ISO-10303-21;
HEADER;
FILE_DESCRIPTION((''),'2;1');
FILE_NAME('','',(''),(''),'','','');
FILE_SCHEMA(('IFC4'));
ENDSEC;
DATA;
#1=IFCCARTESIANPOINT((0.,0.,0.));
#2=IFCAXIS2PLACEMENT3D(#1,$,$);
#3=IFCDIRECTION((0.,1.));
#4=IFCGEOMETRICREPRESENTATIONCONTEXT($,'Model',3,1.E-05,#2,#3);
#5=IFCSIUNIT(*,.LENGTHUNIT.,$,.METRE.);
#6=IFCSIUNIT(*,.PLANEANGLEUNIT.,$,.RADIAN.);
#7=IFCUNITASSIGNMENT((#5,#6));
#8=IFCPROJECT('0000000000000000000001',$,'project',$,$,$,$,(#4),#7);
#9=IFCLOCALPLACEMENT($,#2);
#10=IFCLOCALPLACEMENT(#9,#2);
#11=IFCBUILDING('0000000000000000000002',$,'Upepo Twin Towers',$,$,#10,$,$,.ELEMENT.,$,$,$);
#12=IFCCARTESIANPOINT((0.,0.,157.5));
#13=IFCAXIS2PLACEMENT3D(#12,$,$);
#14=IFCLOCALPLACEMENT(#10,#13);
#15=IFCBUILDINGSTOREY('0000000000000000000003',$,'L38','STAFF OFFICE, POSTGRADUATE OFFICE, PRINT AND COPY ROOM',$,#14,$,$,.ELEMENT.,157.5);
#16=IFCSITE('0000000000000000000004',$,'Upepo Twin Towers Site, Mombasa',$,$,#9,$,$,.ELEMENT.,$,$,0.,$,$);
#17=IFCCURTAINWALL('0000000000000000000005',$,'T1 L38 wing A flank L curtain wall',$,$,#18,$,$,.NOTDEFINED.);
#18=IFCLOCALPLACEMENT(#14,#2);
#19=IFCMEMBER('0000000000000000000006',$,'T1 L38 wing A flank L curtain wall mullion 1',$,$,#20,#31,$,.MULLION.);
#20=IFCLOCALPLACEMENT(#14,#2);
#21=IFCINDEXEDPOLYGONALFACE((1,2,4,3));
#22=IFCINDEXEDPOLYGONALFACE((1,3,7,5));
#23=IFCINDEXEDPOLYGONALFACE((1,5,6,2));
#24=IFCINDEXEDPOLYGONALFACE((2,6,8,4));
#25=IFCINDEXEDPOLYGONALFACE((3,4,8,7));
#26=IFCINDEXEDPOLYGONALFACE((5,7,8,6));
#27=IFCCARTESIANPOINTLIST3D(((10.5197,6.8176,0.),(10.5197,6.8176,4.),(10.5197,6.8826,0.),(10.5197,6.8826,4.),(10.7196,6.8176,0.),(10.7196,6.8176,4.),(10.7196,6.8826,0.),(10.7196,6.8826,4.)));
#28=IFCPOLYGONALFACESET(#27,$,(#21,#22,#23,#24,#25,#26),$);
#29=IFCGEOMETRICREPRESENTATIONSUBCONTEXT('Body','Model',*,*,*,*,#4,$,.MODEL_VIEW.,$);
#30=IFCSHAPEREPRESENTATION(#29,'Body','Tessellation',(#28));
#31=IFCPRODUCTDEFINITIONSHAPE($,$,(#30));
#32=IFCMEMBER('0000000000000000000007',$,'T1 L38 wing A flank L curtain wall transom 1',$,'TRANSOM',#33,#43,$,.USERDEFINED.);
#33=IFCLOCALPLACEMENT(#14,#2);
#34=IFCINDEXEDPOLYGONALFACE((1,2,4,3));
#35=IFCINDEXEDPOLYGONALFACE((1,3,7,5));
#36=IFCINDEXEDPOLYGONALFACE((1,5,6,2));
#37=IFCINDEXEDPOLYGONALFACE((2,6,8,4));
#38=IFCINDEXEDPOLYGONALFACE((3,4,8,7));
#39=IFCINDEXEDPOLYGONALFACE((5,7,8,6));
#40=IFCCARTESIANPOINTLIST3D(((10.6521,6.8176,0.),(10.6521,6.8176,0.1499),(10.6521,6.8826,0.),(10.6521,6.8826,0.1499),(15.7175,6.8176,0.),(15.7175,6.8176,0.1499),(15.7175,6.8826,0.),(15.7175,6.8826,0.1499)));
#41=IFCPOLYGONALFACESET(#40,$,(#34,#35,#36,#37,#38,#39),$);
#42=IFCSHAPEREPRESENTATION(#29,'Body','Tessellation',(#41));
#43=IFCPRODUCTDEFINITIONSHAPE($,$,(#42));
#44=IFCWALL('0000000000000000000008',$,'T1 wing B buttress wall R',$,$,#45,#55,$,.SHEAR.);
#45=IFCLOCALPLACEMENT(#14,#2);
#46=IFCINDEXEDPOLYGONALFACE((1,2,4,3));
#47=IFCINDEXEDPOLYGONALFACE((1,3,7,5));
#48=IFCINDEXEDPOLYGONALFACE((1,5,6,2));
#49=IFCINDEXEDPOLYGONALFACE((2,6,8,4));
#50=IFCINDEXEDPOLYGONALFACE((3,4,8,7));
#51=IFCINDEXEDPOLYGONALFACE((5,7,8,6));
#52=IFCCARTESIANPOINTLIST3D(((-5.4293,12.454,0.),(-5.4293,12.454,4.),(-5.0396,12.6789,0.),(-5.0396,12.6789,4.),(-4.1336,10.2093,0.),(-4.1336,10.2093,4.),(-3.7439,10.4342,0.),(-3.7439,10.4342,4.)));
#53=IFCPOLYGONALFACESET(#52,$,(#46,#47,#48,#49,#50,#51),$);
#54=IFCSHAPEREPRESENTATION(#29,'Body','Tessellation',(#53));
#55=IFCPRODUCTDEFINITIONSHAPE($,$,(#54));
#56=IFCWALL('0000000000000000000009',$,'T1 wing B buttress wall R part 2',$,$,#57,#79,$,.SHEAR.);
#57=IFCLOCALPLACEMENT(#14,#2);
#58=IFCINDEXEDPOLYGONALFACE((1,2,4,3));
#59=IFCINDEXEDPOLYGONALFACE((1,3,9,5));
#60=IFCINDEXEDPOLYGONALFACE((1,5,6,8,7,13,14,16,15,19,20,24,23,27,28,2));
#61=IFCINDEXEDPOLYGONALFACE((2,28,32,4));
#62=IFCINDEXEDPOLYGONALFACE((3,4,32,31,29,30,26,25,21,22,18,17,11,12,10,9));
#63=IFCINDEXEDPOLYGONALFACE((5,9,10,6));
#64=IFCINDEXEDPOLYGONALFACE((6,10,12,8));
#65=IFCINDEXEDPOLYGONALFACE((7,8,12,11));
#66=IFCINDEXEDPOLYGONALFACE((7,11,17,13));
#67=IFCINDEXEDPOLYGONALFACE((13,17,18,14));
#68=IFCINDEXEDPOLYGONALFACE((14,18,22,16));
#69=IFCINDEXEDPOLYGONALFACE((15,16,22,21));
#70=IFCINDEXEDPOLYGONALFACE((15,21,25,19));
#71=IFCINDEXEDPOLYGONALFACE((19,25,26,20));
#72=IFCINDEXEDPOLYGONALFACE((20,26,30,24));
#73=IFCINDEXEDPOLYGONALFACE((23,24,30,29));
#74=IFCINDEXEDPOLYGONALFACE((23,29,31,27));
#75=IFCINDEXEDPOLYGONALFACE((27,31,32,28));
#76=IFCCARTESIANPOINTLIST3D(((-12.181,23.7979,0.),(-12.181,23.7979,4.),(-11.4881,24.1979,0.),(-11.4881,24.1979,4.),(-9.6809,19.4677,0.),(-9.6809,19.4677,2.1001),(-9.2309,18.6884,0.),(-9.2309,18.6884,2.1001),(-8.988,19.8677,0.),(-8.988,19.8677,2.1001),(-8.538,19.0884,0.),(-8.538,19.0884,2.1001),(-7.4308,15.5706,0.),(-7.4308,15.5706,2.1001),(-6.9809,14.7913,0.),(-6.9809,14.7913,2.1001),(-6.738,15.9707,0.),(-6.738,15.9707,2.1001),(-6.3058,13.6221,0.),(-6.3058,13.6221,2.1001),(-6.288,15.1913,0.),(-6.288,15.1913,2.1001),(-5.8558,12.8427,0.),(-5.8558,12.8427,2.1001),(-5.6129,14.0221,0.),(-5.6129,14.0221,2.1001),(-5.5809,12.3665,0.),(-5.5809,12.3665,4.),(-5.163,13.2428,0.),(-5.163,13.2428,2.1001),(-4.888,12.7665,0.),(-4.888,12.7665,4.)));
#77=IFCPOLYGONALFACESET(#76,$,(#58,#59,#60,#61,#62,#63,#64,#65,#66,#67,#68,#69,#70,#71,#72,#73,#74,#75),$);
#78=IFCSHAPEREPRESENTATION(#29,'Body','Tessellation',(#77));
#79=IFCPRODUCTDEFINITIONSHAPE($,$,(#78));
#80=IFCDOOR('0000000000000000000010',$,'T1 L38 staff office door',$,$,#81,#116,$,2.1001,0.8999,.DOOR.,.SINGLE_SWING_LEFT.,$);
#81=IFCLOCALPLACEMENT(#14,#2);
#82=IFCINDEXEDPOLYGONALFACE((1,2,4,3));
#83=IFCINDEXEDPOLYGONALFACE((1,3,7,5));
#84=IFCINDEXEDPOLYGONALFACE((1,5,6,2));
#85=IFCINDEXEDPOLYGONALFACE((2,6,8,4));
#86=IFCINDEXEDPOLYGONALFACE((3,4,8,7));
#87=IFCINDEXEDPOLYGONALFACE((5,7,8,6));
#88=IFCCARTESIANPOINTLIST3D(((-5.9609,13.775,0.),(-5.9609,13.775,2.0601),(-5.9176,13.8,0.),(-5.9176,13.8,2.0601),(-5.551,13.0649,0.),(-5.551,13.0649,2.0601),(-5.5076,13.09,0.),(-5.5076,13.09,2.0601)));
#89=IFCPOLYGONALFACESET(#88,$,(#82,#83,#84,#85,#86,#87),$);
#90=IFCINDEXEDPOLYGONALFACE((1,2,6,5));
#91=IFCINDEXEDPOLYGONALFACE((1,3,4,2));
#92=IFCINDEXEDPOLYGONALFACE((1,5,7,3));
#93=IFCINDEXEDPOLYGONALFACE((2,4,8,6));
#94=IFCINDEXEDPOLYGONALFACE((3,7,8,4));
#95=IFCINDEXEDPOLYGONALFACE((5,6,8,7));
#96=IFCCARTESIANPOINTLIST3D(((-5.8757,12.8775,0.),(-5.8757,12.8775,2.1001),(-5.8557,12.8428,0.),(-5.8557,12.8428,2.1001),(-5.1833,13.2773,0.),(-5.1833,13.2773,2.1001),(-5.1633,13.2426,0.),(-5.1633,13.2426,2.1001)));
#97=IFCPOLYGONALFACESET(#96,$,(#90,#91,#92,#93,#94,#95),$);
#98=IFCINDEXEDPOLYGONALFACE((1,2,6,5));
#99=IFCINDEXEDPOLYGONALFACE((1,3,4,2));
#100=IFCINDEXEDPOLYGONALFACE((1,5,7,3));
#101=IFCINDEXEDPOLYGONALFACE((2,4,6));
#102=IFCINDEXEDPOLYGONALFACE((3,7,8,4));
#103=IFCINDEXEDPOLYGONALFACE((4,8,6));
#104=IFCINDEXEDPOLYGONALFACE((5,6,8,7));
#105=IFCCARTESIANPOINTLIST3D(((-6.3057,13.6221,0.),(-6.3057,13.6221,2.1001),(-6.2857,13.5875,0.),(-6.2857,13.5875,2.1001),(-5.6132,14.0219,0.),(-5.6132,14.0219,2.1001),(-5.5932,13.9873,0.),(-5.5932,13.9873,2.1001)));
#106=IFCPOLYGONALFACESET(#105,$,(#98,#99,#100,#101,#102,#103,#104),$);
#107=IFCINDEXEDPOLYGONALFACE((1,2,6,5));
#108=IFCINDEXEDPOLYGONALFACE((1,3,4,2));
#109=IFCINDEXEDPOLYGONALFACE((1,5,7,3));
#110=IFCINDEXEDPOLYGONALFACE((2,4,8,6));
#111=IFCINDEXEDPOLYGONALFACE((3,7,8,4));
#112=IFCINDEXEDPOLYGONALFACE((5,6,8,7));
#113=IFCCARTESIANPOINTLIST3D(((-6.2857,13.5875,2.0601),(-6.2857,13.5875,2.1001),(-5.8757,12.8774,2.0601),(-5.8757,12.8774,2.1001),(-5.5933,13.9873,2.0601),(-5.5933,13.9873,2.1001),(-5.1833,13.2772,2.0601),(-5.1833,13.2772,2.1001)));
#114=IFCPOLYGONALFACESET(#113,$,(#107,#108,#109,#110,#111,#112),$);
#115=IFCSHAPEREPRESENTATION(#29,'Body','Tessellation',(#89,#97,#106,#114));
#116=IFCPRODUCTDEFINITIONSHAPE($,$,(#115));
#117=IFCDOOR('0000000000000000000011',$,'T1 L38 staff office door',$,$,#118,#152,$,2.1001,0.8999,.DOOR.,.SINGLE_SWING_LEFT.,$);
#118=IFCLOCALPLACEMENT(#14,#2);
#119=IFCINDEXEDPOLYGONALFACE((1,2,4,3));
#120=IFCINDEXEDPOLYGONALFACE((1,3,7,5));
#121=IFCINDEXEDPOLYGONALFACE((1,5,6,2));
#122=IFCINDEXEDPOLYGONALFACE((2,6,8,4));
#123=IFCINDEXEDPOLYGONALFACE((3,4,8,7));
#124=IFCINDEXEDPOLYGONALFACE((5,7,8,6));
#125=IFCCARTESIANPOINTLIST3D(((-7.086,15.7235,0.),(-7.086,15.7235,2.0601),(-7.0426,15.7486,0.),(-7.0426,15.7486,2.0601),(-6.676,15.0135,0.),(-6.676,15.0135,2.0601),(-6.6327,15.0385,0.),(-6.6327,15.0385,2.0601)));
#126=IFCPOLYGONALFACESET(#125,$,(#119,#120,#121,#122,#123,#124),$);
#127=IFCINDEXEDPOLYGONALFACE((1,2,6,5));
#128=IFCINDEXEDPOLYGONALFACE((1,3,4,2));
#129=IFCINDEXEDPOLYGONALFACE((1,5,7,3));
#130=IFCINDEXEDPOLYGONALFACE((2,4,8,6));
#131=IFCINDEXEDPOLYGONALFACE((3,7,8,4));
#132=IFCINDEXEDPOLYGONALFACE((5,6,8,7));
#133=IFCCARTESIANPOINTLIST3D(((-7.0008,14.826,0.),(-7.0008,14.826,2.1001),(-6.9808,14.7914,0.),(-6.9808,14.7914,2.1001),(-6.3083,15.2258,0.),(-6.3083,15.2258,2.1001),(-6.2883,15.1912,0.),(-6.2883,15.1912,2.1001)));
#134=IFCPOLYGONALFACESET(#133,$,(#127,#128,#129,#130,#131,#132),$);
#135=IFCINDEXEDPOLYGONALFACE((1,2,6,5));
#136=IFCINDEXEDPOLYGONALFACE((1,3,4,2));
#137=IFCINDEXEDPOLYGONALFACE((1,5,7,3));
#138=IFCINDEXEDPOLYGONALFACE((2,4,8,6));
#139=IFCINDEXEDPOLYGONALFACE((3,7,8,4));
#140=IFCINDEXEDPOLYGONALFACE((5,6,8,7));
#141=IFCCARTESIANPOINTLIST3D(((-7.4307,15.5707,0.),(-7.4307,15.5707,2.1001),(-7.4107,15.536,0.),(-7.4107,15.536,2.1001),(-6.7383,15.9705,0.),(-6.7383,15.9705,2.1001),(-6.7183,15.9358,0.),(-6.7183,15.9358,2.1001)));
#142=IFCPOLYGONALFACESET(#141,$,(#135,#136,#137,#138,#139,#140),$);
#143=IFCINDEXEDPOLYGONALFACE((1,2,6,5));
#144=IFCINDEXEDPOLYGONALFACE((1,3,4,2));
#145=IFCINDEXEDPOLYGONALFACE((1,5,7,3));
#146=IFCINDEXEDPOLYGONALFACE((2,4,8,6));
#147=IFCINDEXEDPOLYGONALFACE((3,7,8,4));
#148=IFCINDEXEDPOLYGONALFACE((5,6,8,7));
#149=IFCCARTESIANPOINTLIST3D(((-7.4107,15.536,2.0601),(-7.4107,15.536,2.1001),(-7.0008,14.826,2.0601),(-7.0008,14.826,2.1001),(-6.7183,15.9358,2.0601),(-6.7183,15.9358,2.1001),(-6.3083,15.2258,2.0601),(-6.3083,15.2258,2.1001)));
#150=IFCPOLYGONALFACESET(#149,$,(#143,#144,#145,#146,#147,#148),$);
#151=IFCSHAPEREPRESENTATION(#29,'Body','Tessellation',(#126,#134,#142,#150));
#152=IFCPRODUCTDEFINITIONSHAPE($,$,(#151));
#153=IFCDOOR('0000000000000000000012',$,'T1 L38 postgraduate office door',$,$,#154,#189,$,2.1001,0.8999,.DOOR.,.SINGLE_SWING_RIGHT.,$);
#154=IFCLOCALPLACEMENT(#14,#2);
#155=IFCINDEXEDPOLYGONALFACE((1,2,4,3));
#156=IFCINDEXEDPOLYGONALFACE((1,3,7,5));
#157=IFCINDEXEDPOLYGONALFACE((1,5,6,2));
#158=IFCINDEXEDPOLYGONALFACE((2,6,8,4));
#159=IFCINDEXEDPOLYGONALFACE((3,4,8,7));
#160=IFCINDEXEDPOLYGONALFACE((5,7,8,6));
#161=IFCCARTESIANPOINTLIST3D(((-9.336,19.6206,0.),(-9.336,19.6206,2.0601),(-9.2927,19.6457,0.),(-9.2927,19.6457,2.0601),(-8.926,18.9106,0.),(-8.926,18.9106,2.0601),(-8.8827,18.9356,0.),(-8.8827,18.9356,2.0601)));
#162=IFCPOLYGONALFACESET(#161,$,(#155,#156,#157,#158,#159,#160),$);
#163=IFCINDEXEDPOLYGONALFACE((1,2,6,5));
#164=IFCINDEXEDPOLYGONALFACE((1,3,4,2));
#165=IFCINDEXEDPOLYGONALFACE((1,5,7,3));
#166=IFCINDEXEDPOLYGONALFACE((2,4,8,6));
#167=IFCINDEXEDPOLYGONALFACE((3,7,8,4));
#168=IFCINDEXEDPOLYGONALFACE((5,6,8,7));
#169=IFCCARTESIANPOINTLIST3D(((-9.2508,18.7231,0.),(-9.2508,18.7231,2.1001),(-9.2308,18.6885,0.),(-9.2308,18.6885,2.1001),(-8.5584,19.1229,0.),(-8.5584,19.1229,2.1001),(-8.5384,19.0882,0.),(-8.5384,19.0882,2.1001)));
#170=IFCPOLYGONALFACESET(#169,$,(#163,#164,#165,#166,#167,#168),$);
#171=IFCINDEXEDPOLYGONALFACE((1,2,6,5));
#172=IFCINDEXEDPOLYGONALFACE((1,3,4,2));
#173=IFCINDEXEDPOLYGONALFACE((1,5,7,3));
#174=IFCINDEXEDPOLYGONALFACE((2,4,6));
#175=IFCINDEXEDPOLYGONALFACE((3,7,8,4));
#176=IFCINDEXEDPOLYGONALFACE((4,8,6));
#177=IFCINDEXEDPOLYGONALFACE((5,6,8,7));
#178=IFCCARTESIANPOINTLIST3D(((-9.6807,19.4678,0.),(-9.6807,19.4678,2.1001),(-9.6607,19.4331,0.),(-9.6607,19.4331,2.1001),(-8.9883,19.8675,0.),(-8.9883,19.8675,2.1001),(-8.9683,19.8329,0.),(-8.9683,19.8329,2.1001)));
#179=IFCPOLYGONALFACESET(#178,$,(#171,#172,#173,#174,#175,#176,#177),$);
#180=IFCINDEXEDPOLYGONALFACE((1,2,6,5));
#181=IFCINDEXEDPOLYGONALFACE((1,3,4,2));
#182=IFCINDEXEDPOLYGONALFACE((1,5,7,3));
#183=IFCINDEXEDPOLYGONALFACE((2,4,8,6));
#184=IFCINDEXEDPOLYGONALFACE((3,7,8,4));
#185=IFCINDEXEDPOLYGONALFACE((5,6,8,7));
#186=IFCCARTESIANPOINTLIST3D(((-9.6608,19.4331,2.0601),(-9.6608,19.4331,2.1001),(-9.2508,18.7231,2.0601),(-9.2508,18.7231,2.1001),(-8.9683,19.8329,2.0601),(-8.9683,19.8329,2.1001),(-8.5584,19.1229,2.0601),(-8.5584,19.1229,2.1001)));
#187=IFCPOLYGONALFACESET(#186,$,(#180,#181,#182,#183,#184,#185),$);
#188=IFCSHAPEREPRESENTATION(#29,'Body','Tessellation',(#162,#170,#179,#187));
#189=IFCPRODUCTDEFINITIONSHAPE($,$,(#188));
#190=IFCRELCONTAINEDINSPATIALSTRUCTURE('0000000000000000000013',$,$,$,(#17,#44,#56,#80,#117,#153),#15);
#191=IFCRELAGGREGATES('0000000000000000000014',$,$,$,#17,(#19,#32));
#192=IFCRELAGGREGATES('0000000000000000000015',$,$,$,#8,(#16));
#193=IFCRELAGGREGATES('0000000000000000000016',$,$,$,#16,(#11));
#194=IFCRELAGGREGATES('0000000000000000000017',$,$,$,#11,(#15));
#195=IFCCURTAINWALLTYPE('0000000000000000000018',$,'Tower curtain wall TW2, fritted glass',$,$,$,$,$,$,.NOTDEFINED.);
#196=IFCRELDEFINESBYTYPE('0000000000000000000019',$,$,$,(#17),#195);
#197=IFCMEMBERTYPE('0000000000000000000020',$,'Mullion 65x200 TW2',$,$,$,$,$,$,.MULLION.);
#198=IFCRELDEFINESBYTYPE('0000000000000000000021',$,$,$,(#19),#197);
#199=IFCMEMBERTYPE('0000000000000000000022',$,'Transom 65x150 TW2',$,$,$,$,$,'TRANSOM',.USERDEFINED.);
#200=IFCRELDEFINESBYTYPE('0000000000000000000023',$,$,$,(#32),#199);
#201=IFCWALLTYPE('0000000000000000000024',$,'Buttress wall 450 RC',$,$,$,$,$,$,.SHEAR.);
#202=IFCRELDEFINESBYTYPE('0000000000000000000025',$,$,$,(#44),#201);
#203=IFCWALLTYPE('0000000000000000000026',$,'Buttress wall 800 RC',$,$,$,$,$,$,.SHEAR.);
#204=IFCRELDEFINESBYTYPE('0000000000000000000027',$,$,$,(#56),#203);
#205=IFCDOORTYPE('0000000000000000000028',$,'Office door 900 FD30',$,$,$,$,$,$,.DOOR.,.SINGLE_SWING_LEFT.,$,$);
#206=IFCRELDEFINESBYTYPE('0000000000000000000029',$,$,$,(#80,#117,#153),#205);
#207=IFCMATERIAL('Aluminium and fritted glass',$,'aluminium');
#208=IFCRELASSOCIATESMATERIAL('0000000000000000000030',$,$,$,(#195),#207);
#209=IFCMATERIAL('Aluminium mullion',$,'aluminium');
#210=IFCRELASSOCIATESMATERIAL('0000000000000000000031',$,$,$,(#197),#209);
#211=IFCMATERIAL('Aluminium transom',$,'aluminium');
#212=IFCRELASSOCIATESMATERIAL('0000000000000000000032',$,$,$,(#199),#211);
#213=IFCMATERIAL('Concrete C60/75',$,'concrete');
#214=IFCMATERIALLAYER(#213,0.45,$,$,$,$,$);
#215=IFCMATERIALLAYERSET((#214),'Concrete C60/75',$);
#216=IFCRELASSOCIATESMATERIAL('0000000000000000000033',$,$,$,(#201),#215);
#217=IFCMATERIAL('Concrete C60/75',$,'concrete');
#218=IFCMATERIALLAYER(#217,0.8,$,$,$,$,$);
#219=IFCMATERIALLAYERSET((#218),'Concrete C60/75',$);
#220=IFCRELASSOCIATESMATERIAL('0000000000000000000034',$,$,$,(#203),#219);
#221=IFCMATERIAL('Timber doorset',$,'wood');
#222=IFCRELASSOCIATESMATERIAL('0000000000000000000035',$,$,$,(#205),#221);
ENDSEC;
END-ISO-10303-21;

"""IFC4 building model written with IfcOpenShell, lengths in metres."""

from ifc_helpers import new_model, si_unit, direction, frame, frame_2d, origin, origin_2d, place, context, subcontext, project, spatial, rectangle, extrude, material, layer, layer_set, material_profile, profile_set, type_object, element, fill, aggregate, save


model = new_model("IFC4")

# Units and contexts
model_context = context("Model", 3, precision=1e-05, world=origin(), true_north=direction((0.0, 1.0)))
body_context = subcontext(model_context, "Body", "Model", "MODEL_VIEW")
ifc_project = project(units=[si_unit("LENGTHUNIT", "METRE"), si_unit("PLANEANGLEUNIT", "RADIAN")], contexts=[model_context])

# Site, building, storey
site_placement = place(None, origin())
site = spatial("IfcSite", under=ifc_project, at=site_placement, Name="Upepo Twin Towers Site, Mombasa", CompositionType="ELEMENT", RefElevation=0.0)
building_placement = place(site_placement, origin())
building = spatial("IfcBuilding", under=site, at=building_placement, Name="Upepo Twin Towers", CompositionType="ELEMENT")
storey_placement = place(building_placement, frame((0.0, 0.0, 157.5)))
storey = spatial("IfcBuildingStorey", under=building, at=storey_placement, Name="L38", Description="STAFF OFFICE, POSTGRADUATE OFFICE, PRINT AND COPY ROOM", CompositionType="ELEMENT", Elevation=157.5)

# Curtain wall, members
ifc_material_1 = material(Name="Aluminium and fritted glass", Category="aluminium")
curtain_wall_type = type_object("IfcCurtainWallType", Name="Tower curtain wall TW2, fritted glass", PredefinedType="NOTDEFINED", material=ifc_material_1)
curtain_wall_placement = place(storey_placement, origin())
curtain_wall = element("IfcCurtainWall", 1, at=curtain_wall_placement, inside=storey, type_object=curtain_wall_type, Name="T1 L38 wing A flank L curtain wall", PredefinedType="NOTDEFINED")
ifc_material_2 = material(Name="Aluminium mullion", Category="aluminium")
ifc_material_profile_1 = material_profile(ifc_material_2, rectangle(XDim=0.0649, YDim=0.2, at=origin_2d()), Name="MULLION 65x200")
ifc_profile_set_1 = profile_set([ifc_material_profile_1], Name="Aluminium mullion")
member_type_1 = type_object("IfcMemberType", Name="Mullion 65x200 TW2", PredefinedType="MULLION", material=ifc_profile_set_1)
member_1_placement = place(storey_placement, frame((10.6196, 6.8501, 0.0), z_axis=(0.0, 0.0, 1.0), x_axis=(0.0, 1.0, 0.0)))
member_1 = element("IfcMember", 2, at=member_1_placement, type_object=member_type_1, Name="T1 L38 wing A flank L curtain wall mullion 1", PredefinedType="MULLION", context=body_context, shape_type="SweptSolid", body=[
    extrude(rectangle(XDim=0.0649, YDim=0.2, at=origin_2d()), origin(), (0.0, 0.0, 1.0), 4.0),
])
ifc_material_3 = material(Name="Aluminium transom", Category="aluminium")
ifc_material_profile_2 = material_profile(ifc_material_3, rectangle(XDim=0.0649, YDim=0.1499, at=origin_2d()), Name="TRANSOM 65x150")
ifc_profile_set_2 = profile_set([ifc_material_profile_2], Name="Aluminium transom")
member_type_2 = type_object("IfcMemberType", Name="Transom 65x150 TW2", ElementType="TRANSOM", PredefinedType="USERDEFINED", material=ifc_profile_set_2)
member_2_placement = place(storey_placement, frame((10.6521, 6.8501, 0.075), z_axis=(1.0, 0.0, 0.0), x_axis=(0.0, 1.0, 0.0)))
member_2 = element("IfcMember", 3, at=member_2_placement, type_object=member_type_2, Name="T1 L38 wing A flank L curtain wall transom 1", ObjectType="TRANSOM", PredefinedType="USERDEFINED", context=body_context, shape_type="SweptSolid", body=[
    extrude(rectangle(XDim=0.0649, YDim=0.1499, at=origin_2d()), origin(), (0.0, 0.0, 1.0), 5.0654),
])
aggregate(curtain_wall, [member_1, member_2])

# Wall
ifc_material_4 = material(Name="Concrete C60/75", Category="concrete")
ifc_layer_1 = layer(ifc_material_4, 0.45)
ifc_layer_set_1 = layer_set([ifc_layer_1], Name="Concrete C60/75")
wall_type_1 = type_object("IfcWallType", Name="Buttress wall 450 RC", PredefinedType="SHEAR", material=ifc_layer_set_1)
wall_1_placement = place(storey_placement, frame((-3.9387, 10.3218, 0.0), z_axis=(0.0, 0.0, 1.0), x_axis=(-0.499918, 0.866073, 0.0)))
element("IfcWall", 4, at=wall_1_placement, inside=storey, type_object=wall_type_1, Name="T1 wing B buttress wall R", PredefinedType="SHEAR", context=body_context, shape_type="SweptSolid", body=[
    extrude(rectangle(XDim=2.5918, YDim=0.45, at=frame_2d((1.2959, 0.0))), origin(), (0.0, 0.0, 1.0), 4.0),
])

# Wall, openings, doors
ifc_material_5 = material(Name="Concrete C60/75", Category="concrete")
ifc_layer_2 = layer(ifc_material_5, 0.8)
ifc_layer_set_2 = layer_set([ifc_layer_2], Name="Concrete C60/75")
wall_type_2 = type_object("IfcWallType", Name="Buttress wall 800 RC", PredefinedType="SHEAR", material=ifc_layer_set_2)
wall_2_placement = place(storey_placement, frame((-5.2344, 12.5664, 0.0), z_axis=(0.0, 0.0, 1.0), x_axis=(-0.50001, 0.86602, 0.0)))
wall_2 = element("IfcWall", 5, at=wall_2_placement, inside=storey, type_object=wall_type_2, Name="T1 wing B buttress wall R part 2", PredefinedType="SHEAR", context=body_context, shape_type="SweptSolid", body=[
    extrude(rectangle(XDim=13.2, YDim=0.8, at=frame_2d((6.6001, 0.0))), origin(), (0.0, 0.0, 1.0), 4.0),
])
opening_1_placement = place(wall_2_placement, frame((0.55, 0.0, 0.0)))
opening_1 = element("IfcOpeningElement", 6, at=opening_1_placement, cuts=wall_2, PredefinedType="OPENING", context=body_context, shape_type="SweptSolid", body=[
    extrude(rectangle(XDim=0.8999, YDim=2.1001, at=frame_2d((0.45, 1.05))), frame((0.0, 0.4099, 0.0), z_axis=(0.0, -1.0, 0.0), x_axis=(1.0, 0.0, 0.0)), (0.0, 0.0, 1.0), 0.8201),
])
opening_2_placement = place(wall_2_placement, frame((2.8, 0.0, 0.0)))
opening_2 = element("IfcOpeningElement", 7, at=opening_2_placement, cuts=wall_2, PredefinedType="OPENING", context=body_context, shape_type="SweptSolid", body=[
    extrude(rectangle(XDim=0.8999, YDim=2.1001, at=frame_2d((0.45, 1.05))), frame((0.0, 0.4099, 0.0), z_axis=(0.0, -1.0, 0.0), x_axis=(1.0, 0.0, 0.0)), (0.0, 0.0, 1.0), 0.8201),
])
opening_3_placement = place(wall_2_placement, frame((7.3, 0.0, 0.0)))
opening_3 = element("IfcOpeningElement", 8, at=opening_3_placement, cuts=wall_2, PredefinedType="OPENING", context=body_context, shape_type="SweptSolid", body=[
    extrude(rectangle(XDim=0.8999, YDim=2.1001, at=frame_2d((0.45, 1.05))), frame((0.0, 0.4099, 0.0), z_axis=(0.0, -1.0, 0.0), x_axis=(1.0, 0.0, 0.0)), (0.0, 0.0, 1.0), 0.8201),
])
ifc_material_6 = material(Name="Timber doorset", Category="wood")
door_type_1 = type_object("IfcDoorType", Name="Office door 900 FD30", OperationType="SINGLE_SWING_LEFT", PredefinedType="DOOR", material=ifc_material_6)
door_1_placement = place(opening_1_placement, origin())
door_1 = element("IfcDoor", 9, at=door_1_placement, inside=storey, type_object=door_type_1, Name="T1 L38 staff office door", OperationType="SINGLE_SWING_LEFT", OverallHeight=2.1001, OverallWidth=0.8999, PredefinedType="DOOR", context=body_context, shape_type="SweptSolid", body=[
    extrude(rectangle(XDim=0.8199, YDim=2.0601, at=frame_2d((0.45, 1.03))), frame((0.0, 0.0249, 0.0), z_axis=(0.0, -1.0, 0.0), x_axis=(1.0, 0.0, 0.0)), (0.0, 0.0, 1.0), 0.05),
    extrude(rectangle(XDim=0.04, YDim=2.1001, at=frame_2d((0.02, 1.05))), frame((0.0, 0.3999, 0.0), z_axis=(0.0, -1.0, 0.0), x_axis=(1.0, 0.0, 0.0)), (0.0, 0.0, 1.0), 0.7996),
    extrude(rectangle(XDim=0.04, YDim=2.1001, at=frame_2d((0.8799, 1.05))), frame((0.0, 0.3999, 0.0), z_axis=(0.0, -1.0, 0.0), x_axis=(1.0, 0.0, 0.0)), (0.0, 0.0, 1.0), 0.7996),
    extrude(rectangle(XDim=0.8199, YDim=0.04, at=frame_2d((0.45, 2.0801))), frame((0.0, 0.3999, 0.0), z_axis=(0.0, -1.0, 0.0), x_axis=(1.0, 0.0, 0.0)), (0.0, 0.0, 1.0), 0.7996),
])
fill(opening_1, door_1)
door_2_placement = place(opening_2_placement, origin())
door_2 = element("IfcDoor", 10, at=door_2_placement, inside=storey, type_object=door_type_1, Name="T1 L38 staff office door", OperationType="SINGLE_SWING_LEFT", OverallHeight=2.1001, OverallWidth=0.8999, PredefinedType="DOOR", context=body_context, shape_type="SweptSolid", body=[
    extrude(rectangle(XDim=0.8199, YDim=2.0601, at=frame_2d((0.45, 1.03))), frame((0.0, 0.0249, 0.0), z_axis=(0.0, -1.0, 0.0), x_axis=(1.0, 0.0, 0.0)), (0.0, 0.0, 1.0), 0.05),
    extrude(rectangle(XDim=0.04, YDim=2.1001, at=frame_2d((0.02, 1.05))), frame((0.0, 0.3999, 0.0), z_axis=(0.0, -1.0, 0.0), x_axis=(1.0, 0.0, 0.0)), (0.0, 0.0, 1.0), 0.7996),
    extrude(rectangle(XDim=0.04, YDim=2.1001, at=frame_2d((0.8799, 1.05))), frame((0.0, 0.3999, 0.0), z_axis=(0.0, -1.0, 0.0), x_axis=(1.0, 0.0, 0.0)), (0.0, 0.0, 1.0), 0.7996),
    extrude(rectangle(XDim=0.8199, YDim=0.04, at=frame_2d((0.45, 2.0801))), frame((0.0, 0.3999, 0.0), z_axis=(0.0, -1.0, 0.0), x_axis=(1.0, 0.0, 0.0)), (0.0, 0.0, 1.0), 0.7996),
])
fill(opening_2, door_2)
door_3_placement = place(opening_3_placement, origin())
door_3 = element("IfcDoor", 11, at=door_3_placement, inside=storey, type_object=door_type_1, Name="T1 L38 postgraduate office door", OperationType="SINGLE_SWING_RIGHT", OverallHeight=2.1001, OverallWidth=0.8999, PredefinedType="DOOR", context=body_context, shape_type="SweptSolid", body=[
    extrude(rectangle(XDim=0.8199, YDim=2.0601, at=frame_2d((0.45, 1.03))), frame((0.0, 0.0249, 0.0), z_axis=(0.0, -1.0, 0.0), x_axis=(1.0, 0.0, 0.0)), (0.0, 0.0, 1.0), 0.05),
    extrude(rectangle(XDim=0.04, YDim=2.1001, at=frame_2d((0.02, 1.05))), frame((0.0, 0.3999, 0.0), z_axis=(0.0, -1.0, 0.0), x_axis=(1.0, 0.0, 0.0)), (0.0, 0.0, 1.0), 0.7996),
    extrude(rectangle(XDim=0.04, YDim=2.1001, at=frame_2d((0.8799, 1.05))), frame((0.0, 0.3999, 0.0), z_axis=(0.0, -1.0, 0.0), x_axis=(1.0, 0.0, 0.0)), (0.0, 0.0, 1.0), 0.7996),
    extrude(rectangle(XDim=0.8199, YDim=0.04, at=frame_2d((0.45, 2.0801))), frame((0.0, 0.3999, 0.0), z_axis=(0.0, -1.0, 0.0), x_axis=(1.0, 0.0, 0.0)), (0.0, 0.0, 1.0), 0.7996),
])
fill(opening_3, door_3)

save(model, "model.ifc")
